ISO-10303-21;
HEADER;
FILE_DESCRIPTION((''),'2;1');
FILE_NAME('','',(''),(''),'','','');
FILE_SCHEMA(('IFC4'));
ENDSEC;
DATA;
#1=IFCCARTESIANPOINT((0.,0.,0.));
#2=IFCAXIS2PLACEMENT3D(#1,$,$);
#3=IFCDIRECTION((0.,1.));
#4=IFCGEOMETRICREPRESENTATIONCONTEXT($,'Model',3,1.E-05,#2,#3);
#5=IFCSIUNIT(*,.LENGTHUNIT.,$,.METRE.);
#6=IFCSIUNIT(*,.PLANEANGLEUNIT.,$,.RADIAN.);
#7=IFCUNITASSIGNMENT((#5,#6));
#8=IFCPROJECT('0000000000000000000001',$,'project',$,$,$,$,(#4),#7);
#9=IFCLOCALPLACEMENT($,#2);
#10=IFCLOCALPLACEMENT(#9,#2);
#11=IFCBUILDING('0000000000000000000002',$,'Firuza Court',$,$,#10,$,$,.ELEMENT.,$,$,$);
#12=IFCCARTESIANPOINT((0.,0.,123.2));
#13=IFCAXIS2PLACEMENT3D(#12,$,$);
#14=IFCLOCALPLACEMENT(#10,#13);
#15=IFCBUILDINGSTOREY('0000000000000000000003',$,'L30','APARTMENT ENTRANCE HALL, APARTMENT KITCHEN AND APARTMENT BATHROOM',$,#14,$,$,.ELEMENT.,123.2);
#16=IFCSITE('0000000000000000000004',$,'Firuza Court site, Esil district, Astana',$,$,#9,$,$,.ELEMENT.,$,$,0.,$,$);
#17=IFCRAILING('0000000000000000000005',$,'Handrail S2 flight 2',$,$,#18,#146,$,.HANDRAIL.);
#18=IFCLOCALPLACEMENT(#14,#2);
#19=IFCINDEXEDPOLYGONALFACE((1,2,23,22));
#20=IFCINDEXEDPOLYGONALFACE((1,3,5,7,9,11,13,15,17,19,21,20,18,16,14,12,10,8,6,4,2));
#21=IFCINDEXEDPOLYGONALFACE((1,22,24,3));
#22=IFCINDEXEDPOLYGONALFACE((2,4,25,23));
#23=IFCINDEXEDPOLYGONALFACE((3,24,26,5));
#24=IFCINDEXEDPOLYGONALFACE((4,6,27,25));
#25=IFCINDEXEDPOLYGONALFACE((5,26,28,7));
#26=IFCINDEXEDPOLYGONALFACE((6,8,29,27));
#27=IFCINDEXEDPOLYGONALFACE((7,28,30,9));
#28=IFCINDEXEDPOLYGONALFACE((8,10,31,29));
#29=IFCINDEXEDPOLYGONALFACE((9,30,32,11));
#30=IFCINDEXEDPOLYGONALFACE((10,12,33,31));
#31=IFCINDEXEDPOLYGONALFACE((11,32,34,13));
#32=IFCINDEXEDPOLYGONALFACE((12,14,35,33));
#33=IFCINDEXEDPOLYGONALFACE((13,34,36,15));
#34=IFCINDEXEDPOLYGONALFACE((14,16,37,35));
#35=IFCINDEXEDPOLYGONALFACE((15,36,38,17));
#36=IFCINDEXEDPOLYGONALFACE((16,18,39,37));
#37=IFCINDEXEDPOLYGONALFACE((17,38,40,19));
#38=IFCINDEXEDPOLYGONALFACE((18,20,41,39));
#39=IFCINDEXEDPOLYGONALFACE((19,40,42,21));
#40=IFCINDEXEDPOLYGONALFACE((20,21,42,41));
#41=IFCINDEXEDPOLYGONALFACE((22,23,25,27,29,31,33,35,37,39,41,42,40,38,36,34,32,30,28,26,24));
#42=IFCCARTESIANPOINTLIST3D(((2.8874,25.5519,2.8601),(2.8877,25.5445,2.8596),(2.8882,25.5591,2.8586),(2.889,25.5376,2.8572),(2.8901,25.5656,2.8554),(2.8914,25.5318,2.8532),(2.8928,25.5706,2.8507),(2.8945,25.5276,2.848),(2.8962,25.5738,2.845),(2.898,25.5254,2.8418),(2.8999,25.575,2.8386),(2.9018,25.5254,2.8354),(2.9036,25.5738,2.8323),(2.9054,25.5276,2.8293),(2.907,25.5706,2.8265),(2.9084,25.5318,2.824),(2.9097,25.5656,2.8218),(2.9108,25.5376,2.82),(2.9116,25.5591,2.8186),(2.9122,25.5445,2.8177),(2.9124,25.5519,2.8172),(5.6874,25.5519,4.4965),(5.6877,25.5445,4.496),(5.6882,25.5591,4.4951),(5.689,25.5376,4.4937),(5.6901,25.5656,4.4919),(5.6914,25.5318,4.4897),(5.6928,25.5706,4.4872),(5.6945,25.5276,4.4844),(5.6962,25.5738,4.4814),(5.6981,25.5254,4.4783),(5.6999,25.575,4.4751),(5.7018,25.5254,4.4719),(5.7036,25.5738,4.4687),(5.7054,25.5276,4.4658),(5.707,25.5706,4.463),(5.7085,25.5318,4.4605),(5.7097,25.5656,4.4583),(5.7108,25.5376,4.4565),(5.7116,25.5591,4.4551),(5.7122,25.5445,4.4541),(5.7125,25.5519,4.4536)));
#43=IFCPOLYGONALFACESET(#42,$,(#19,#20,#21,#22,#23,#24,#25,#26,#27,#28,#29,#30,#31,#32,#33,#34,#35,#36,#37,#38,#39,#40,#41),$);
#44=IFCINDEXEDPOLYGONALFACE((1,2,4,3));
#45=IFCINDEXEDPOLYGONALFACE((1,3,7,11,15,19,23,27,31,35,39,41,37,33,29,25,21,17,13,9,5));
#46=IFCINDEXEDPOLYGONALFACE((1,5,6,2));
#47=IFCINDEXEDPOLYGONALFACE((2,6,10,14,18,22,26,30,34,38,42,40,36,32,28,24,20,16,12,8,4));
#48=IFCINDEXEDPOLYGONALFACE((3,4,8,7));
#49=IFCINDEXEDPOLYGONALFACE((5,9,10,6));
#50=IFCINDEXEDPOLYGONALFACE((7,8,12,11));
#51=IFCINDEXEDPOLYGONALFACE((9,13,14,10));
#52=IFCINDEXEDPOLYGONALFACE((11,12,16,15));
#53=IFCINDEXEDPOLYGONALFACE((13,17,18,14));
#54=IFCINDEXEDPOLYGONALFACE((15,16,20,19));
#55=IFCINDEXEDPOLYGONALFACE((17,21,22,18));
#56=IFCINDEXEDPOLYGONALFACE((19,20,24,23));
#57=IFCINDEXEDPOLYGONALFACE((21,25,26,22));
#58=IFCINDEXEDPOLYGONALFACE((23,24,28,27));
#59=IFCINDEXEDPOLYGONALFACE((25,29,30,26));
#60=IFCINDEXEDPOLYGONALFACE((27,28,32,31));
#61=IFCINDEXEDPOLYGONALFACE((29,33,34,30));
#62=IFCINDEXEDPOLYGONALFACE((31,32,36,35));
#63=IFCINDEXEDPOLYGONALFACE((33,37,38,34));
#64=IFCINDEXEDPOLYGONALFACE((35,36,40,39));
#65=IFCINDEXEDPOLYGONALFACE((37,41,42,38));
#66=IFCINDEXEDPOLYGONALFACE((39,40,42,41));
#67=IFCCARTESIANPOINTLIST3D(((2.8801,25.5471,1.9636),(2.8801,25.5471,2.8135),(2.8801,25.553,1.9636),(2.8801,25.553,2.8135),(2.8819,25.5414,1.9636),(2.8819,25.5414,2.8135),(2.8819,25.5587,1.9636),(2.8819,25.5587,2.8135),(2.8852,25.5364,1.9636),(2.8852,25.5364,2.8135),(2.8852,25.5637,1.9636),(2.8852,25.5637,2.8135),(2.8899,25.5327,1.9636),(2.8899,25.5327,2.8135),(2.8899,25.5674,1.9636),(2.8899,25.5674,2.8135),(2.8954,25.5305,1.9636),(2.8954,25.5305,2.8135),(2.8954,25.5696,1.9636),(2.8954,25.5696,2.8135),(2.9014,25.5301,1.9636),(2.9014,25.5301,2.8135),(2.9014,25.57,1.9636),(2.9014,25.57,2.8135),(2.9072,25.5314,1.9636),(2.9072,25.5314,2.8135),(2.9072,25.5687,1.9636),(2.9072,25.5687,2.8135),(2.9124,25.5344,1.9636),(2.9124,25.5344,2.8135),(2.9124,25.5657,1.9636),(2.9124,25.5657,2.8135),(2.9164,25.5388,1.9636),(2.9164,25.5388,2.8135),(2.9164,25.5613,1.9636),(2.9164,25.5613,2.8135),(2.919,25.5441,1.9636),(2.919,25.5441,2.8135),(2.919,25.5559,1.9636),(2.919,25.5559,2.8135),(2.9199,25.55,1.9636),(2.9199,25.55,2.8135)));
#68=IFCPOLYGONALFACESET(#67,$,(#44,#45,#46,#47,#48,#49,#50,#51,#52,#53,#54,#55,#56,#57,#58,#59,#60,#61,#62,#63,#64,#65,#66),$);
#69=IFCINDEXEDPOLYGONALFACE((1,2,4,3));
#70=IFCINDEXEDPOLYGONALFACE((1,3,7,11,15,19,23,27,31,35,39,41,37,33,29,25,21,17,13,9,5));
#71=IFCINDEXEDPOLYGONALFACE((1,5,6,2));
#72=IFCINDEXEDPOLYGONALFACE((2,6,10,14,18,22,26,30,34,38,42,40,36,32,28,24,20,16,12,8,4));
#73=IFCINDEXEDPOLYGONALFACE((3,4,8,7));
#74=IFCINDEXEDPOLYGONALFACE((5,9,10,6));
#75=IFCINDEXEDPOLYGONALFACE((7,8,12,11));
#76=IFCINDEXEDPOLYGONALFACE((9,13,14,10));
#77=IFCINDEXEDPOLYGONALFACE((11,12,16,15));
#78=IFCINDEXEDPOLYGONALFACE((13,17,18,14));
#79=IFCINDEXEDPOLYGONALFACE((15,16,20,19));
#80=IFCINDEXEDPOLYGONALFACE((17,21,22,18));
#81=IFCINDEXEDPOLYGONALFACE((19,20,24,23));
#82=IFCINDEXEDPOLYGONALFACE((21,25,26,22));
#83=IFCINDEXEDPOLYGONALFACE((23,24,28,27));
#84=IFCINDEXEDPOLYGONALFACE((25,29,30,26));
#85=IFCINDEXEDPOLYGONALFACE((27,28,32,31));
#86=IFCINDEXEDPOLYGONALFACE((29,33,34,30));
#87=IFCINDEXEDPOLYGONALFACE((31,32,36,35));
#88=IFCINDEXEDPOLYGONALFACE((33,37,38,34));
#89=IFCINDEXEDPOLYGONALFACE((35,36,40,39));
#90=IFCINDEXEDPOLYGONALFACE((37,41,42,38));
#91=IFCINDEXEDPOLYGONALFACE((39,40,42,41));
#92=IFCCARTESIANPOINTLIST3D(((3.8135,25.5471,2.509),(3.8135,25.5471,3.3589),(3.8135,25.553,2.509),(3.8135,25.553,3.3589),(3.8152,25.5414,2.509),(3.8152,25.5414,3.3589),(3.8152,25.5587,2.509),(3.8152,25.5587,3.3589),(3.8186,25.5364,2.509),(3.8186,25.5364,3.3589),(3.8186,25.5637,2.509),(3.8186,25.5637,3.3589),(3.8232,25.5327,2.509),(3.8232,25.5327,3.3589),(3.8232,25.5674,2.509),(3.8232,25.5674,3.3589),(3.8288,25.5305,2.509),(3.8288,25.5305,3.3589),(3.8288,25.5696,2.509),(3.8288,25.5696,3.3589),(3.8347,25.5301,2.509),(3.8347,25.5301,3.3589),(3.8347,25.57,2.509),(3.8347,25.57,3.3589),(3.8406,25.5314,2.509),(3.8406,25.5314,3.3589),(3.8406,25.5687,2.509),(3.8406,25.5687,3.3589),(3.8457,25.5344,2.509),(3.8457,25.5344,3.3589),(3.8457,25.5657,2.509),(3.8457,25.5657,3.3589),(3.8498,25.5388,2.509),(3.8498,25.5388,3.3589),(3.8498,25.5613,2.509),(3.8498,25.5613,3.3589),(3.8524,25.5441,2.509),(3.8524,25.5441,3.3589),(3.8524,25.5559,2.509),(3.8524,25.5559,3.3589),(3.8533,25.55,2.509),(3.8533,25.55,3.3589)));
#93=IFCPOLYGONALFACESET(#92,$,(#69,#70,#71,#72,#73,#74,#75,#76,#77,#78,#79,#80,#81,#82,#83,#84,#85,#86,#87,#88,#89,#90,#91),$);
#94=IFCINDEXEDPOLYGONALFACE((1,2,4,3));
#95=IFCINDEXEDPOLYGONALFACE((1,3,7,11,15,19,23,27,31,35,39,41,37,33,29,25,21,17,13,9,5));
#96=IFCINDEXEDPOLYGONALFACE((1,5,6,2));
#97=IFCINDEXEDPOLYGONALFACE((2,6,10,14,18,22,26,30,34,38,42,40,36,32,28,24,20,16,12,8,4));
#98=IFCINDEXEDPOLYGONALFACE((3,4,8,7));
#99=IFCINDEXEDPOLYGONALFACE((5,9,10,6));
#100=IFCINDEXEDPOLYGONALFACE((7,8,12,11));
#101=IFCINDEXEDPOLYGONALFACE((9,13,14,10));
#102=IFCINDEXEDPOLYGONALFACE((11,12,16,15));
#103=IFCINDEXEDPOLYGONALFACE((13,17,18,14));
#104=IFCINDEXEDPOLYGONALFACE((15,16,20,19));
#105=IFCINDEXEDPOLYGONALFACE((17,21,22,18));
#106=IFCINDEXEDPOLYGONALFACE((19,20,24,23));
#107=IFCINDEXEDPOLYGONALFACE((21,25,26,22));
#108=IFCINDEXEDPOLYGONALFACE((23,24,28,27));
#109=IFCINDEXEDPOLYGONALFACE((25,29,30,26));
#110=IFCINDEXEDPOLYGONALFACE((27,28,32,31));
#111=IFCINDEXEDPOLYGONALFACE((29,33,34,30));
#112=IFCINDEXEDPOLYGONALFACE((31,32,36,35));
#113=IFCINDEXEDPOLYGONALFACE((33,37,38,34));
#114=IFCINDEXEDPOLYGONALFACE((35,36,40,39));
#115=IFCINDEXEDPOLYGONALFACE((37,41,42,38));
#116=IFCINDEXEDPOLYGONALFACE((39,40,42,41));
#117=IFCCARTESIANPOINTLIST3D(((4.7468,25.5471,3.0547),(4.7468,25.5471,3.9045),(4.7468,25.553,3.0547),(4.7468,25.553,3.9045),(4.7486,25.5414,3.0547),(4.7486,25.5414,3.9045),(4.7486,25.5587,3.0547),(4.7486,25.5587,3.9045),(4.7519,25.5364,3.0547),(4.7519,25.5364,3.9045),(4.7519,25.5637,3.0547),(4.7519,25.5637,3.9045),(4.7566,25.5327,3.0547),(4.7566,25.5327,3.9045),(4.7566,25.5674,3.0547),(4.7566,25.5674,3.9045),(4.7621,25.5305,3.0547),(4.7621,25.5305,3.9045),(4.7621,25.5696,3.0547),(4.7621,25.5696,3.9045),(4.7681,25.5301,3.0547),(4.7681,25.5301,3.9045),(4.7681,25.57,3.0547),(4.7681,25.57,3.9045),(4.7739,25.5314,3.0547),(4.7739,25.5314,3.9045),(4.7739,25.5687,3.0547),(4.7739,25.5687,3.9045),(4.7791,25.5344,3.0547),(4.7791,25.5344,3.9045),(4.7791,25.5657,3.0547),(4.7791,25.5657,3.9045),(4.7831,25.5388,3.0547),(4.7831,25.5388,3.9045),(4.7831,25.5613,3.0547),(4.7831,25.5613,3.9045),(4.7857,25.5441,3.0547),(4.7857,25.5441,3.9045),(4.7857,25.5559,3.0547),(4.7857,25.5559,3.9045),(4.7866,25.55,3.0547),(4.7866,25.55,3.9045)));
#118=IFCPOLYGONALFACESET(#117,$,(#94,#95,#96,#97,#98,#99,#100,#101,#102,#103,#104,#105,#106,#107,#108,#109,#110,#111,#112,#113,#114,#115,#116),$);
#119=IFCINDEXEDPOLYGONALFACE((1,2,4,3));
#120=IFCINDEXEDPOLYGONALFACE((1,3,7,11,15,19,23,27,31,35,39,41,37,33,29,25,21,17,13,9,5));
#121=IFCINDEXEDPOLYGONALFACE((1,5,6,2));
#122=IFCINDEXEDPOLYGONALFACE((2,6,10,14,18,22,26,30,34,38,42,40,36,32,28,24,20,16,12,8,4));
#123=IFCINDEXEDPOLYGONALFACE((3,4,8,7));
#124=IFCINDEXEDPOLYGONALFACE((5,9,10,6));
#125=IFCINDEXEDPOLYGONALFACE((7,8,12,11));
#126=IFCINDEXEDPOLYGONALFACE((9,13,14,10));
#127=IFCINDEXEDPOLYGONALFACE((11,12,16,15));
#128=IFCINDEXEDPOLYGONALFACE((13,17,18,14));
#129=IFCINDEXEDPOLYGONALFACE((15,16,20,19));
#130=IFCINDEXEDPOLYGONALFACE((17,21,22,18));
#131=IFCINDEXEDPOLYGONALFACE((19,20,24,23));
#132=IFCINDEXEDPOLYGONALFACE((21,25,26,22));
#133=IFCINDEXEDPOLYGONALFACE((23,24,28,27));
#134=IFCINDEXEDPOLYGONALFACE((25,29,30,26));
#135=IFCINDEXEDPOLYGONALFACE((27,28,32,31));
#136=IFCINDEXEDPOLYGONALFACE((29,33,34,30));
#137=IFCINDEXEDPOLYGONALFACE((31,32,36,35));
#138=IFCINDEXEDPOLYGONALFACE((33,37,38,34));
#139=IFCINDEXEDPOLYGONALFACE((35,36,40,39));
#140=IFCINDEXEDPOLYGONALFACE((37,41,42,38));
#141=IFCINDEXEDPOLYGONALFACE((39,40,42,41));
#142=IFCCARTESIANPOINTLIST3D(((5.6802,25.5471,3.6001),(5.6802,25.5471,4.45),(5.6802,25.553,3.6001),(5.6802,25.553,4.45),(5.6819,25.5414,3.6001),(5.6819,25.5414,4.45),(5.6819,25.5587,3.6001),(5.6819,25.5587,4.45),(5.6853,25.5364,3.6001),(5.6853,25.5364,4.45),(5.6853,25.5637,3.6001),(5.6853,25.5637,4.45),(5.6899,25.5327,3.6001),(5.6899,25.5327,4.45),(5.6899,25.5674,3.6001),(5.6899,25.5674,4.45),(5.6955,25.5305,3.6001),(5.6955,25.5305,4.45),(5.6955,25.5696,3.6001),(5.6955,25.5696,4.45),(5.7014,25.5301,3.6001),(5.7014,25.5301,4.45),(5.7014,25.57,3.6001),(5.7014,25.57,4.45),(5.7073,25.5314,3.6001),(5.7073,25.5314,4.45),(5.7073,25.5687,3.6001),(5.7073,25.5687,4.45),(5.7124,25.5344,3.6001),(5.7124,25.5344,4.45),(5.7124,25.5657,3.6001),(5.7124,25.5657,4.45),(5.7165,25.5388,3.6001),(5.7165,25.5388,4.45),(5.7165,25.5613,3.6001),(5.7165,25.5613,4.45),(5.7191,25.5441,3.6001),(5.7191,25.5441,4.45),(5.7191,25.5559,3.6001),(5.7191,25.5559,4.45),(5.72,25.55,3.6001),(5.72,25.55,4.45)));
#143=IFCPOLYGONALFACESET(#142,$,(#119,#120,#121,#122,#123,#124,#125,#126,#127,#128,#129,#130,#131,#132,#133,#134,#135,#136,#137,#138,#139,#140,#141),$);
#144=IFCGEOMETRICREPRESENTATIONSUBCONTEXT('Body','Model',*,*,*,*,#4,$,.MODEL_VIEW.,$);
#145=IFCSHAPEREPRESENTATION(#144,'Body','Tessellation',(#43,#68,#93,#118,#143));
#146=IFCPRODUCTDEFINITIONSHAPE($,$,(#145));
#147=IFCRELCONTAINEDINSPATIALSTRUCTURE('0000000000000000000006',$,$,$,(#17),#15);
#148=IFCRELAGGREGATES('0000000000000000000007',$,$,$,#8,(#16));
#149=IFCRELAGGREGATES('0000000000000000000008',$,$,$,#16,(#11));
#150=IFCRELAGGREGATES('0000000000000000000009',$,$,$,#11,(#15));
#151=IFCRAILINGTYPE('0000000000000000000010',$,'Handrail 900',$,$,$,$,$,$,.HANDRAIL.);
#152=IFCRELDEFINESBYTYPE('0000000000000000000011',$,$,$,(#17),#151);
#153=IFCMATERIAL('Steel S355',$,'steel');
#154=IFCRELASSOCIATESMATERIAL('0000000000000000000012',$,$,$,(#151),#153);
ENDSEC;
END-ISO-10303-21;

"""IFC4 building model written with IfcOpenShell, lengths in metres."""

from ifc_helpers import new_model, si_unit, direction, frame, origin, origin_2d, place, context, subcontext, project, spatial, circle, extrude, material, type_object, element, save


model = new_model("IFC4")

# Units and contexts
model_context = context("Model", 3, precision=1e-05, world=origin(), true_north=direction((0.0, 1.0)))
body_context = subcontext(model_context, "Body", "Model", "MODEL_VIEW")
ifc_project = project(units=[si_unit("LENGTHUNIT", "METRE"), si_unit("PLANEANGLEUNIT", "RADIAN")], contexts=[model_context])

# Site, building, storey
site_placement = place(None, origin())
site = spatial("IfcSite", under=ifc_project, at=site_placement, Name="Firuza Court site, Esil district, Astana", CompositionType="ELEMENT", RefElevation=0.0)
building_placement = place(site_placement, origin())
building = spatial("IfcBuilding", under=site, at=building_placement, Name="Firuza Court", CompositionType="ELEMENT")
storey_placement = place(building_placement, frame((0.0, 0.0, 123.2)))
storey = spatial("IfcBuildingStorey", under=building, at=storey_placement, Name="L30", Description="APARTMENT ENTRANCE HALL, APARTMENT KITCHEN AND APARTMENT BATHROOM", CompositionType="ELEMENT", Elevation=123.2)

# Railing
ifc_material_1 = material(Name="Steel S355", Category="steel")
railing_type = type_object("IfcRailingType", Name="Handrail 900", PredefinedType="HANDRAIL", material=ifc_material_1)
railing_placement = place(storey_placement, frame((2.8999, 25.55, 1.9636)))
element("IfcRailing", 1, at=railing_placement, inside=storey, type_object=railing_type, Name="Handrail S2 flight 2", PredefinedType="HANDRAIL", context=body_context, shape_type="SweptSolid", body=[
    extrude(circle(Radius=0.0249, at=origin_2d()), frame((0.0, 0.0, 0.875), z_axis=(0.863361, 0.0, 0.504587), x_axis=(0.0, 1.0, 0.0)), (0.0, 0.0, 1.0), 3.2432),
    extrude(circle(Radius=0.02, at=origin_2d()), origin(), (0.0, 0.0, 1.0), 0.8499),
    extrude(circle(Radius=0.02, at=origin_2d()), frame((0.9333, 0.0, 0.5454)), (0.0, 0.0, 1.0), 0.8499),
    extrude(circle(Radius=0.02, at=origin_2d()), frame((1.8667, 0.0, 1.0911)), (0.0, 0.0, 1.0), 0.8499),
    extrude(circle(Radius=0.02, at=origin_2d()), frame((2.8, 0.0, 1.6365)), (0.0, 0.0, 1.0), 0.8499),
])

save(model, "model.ifc")
